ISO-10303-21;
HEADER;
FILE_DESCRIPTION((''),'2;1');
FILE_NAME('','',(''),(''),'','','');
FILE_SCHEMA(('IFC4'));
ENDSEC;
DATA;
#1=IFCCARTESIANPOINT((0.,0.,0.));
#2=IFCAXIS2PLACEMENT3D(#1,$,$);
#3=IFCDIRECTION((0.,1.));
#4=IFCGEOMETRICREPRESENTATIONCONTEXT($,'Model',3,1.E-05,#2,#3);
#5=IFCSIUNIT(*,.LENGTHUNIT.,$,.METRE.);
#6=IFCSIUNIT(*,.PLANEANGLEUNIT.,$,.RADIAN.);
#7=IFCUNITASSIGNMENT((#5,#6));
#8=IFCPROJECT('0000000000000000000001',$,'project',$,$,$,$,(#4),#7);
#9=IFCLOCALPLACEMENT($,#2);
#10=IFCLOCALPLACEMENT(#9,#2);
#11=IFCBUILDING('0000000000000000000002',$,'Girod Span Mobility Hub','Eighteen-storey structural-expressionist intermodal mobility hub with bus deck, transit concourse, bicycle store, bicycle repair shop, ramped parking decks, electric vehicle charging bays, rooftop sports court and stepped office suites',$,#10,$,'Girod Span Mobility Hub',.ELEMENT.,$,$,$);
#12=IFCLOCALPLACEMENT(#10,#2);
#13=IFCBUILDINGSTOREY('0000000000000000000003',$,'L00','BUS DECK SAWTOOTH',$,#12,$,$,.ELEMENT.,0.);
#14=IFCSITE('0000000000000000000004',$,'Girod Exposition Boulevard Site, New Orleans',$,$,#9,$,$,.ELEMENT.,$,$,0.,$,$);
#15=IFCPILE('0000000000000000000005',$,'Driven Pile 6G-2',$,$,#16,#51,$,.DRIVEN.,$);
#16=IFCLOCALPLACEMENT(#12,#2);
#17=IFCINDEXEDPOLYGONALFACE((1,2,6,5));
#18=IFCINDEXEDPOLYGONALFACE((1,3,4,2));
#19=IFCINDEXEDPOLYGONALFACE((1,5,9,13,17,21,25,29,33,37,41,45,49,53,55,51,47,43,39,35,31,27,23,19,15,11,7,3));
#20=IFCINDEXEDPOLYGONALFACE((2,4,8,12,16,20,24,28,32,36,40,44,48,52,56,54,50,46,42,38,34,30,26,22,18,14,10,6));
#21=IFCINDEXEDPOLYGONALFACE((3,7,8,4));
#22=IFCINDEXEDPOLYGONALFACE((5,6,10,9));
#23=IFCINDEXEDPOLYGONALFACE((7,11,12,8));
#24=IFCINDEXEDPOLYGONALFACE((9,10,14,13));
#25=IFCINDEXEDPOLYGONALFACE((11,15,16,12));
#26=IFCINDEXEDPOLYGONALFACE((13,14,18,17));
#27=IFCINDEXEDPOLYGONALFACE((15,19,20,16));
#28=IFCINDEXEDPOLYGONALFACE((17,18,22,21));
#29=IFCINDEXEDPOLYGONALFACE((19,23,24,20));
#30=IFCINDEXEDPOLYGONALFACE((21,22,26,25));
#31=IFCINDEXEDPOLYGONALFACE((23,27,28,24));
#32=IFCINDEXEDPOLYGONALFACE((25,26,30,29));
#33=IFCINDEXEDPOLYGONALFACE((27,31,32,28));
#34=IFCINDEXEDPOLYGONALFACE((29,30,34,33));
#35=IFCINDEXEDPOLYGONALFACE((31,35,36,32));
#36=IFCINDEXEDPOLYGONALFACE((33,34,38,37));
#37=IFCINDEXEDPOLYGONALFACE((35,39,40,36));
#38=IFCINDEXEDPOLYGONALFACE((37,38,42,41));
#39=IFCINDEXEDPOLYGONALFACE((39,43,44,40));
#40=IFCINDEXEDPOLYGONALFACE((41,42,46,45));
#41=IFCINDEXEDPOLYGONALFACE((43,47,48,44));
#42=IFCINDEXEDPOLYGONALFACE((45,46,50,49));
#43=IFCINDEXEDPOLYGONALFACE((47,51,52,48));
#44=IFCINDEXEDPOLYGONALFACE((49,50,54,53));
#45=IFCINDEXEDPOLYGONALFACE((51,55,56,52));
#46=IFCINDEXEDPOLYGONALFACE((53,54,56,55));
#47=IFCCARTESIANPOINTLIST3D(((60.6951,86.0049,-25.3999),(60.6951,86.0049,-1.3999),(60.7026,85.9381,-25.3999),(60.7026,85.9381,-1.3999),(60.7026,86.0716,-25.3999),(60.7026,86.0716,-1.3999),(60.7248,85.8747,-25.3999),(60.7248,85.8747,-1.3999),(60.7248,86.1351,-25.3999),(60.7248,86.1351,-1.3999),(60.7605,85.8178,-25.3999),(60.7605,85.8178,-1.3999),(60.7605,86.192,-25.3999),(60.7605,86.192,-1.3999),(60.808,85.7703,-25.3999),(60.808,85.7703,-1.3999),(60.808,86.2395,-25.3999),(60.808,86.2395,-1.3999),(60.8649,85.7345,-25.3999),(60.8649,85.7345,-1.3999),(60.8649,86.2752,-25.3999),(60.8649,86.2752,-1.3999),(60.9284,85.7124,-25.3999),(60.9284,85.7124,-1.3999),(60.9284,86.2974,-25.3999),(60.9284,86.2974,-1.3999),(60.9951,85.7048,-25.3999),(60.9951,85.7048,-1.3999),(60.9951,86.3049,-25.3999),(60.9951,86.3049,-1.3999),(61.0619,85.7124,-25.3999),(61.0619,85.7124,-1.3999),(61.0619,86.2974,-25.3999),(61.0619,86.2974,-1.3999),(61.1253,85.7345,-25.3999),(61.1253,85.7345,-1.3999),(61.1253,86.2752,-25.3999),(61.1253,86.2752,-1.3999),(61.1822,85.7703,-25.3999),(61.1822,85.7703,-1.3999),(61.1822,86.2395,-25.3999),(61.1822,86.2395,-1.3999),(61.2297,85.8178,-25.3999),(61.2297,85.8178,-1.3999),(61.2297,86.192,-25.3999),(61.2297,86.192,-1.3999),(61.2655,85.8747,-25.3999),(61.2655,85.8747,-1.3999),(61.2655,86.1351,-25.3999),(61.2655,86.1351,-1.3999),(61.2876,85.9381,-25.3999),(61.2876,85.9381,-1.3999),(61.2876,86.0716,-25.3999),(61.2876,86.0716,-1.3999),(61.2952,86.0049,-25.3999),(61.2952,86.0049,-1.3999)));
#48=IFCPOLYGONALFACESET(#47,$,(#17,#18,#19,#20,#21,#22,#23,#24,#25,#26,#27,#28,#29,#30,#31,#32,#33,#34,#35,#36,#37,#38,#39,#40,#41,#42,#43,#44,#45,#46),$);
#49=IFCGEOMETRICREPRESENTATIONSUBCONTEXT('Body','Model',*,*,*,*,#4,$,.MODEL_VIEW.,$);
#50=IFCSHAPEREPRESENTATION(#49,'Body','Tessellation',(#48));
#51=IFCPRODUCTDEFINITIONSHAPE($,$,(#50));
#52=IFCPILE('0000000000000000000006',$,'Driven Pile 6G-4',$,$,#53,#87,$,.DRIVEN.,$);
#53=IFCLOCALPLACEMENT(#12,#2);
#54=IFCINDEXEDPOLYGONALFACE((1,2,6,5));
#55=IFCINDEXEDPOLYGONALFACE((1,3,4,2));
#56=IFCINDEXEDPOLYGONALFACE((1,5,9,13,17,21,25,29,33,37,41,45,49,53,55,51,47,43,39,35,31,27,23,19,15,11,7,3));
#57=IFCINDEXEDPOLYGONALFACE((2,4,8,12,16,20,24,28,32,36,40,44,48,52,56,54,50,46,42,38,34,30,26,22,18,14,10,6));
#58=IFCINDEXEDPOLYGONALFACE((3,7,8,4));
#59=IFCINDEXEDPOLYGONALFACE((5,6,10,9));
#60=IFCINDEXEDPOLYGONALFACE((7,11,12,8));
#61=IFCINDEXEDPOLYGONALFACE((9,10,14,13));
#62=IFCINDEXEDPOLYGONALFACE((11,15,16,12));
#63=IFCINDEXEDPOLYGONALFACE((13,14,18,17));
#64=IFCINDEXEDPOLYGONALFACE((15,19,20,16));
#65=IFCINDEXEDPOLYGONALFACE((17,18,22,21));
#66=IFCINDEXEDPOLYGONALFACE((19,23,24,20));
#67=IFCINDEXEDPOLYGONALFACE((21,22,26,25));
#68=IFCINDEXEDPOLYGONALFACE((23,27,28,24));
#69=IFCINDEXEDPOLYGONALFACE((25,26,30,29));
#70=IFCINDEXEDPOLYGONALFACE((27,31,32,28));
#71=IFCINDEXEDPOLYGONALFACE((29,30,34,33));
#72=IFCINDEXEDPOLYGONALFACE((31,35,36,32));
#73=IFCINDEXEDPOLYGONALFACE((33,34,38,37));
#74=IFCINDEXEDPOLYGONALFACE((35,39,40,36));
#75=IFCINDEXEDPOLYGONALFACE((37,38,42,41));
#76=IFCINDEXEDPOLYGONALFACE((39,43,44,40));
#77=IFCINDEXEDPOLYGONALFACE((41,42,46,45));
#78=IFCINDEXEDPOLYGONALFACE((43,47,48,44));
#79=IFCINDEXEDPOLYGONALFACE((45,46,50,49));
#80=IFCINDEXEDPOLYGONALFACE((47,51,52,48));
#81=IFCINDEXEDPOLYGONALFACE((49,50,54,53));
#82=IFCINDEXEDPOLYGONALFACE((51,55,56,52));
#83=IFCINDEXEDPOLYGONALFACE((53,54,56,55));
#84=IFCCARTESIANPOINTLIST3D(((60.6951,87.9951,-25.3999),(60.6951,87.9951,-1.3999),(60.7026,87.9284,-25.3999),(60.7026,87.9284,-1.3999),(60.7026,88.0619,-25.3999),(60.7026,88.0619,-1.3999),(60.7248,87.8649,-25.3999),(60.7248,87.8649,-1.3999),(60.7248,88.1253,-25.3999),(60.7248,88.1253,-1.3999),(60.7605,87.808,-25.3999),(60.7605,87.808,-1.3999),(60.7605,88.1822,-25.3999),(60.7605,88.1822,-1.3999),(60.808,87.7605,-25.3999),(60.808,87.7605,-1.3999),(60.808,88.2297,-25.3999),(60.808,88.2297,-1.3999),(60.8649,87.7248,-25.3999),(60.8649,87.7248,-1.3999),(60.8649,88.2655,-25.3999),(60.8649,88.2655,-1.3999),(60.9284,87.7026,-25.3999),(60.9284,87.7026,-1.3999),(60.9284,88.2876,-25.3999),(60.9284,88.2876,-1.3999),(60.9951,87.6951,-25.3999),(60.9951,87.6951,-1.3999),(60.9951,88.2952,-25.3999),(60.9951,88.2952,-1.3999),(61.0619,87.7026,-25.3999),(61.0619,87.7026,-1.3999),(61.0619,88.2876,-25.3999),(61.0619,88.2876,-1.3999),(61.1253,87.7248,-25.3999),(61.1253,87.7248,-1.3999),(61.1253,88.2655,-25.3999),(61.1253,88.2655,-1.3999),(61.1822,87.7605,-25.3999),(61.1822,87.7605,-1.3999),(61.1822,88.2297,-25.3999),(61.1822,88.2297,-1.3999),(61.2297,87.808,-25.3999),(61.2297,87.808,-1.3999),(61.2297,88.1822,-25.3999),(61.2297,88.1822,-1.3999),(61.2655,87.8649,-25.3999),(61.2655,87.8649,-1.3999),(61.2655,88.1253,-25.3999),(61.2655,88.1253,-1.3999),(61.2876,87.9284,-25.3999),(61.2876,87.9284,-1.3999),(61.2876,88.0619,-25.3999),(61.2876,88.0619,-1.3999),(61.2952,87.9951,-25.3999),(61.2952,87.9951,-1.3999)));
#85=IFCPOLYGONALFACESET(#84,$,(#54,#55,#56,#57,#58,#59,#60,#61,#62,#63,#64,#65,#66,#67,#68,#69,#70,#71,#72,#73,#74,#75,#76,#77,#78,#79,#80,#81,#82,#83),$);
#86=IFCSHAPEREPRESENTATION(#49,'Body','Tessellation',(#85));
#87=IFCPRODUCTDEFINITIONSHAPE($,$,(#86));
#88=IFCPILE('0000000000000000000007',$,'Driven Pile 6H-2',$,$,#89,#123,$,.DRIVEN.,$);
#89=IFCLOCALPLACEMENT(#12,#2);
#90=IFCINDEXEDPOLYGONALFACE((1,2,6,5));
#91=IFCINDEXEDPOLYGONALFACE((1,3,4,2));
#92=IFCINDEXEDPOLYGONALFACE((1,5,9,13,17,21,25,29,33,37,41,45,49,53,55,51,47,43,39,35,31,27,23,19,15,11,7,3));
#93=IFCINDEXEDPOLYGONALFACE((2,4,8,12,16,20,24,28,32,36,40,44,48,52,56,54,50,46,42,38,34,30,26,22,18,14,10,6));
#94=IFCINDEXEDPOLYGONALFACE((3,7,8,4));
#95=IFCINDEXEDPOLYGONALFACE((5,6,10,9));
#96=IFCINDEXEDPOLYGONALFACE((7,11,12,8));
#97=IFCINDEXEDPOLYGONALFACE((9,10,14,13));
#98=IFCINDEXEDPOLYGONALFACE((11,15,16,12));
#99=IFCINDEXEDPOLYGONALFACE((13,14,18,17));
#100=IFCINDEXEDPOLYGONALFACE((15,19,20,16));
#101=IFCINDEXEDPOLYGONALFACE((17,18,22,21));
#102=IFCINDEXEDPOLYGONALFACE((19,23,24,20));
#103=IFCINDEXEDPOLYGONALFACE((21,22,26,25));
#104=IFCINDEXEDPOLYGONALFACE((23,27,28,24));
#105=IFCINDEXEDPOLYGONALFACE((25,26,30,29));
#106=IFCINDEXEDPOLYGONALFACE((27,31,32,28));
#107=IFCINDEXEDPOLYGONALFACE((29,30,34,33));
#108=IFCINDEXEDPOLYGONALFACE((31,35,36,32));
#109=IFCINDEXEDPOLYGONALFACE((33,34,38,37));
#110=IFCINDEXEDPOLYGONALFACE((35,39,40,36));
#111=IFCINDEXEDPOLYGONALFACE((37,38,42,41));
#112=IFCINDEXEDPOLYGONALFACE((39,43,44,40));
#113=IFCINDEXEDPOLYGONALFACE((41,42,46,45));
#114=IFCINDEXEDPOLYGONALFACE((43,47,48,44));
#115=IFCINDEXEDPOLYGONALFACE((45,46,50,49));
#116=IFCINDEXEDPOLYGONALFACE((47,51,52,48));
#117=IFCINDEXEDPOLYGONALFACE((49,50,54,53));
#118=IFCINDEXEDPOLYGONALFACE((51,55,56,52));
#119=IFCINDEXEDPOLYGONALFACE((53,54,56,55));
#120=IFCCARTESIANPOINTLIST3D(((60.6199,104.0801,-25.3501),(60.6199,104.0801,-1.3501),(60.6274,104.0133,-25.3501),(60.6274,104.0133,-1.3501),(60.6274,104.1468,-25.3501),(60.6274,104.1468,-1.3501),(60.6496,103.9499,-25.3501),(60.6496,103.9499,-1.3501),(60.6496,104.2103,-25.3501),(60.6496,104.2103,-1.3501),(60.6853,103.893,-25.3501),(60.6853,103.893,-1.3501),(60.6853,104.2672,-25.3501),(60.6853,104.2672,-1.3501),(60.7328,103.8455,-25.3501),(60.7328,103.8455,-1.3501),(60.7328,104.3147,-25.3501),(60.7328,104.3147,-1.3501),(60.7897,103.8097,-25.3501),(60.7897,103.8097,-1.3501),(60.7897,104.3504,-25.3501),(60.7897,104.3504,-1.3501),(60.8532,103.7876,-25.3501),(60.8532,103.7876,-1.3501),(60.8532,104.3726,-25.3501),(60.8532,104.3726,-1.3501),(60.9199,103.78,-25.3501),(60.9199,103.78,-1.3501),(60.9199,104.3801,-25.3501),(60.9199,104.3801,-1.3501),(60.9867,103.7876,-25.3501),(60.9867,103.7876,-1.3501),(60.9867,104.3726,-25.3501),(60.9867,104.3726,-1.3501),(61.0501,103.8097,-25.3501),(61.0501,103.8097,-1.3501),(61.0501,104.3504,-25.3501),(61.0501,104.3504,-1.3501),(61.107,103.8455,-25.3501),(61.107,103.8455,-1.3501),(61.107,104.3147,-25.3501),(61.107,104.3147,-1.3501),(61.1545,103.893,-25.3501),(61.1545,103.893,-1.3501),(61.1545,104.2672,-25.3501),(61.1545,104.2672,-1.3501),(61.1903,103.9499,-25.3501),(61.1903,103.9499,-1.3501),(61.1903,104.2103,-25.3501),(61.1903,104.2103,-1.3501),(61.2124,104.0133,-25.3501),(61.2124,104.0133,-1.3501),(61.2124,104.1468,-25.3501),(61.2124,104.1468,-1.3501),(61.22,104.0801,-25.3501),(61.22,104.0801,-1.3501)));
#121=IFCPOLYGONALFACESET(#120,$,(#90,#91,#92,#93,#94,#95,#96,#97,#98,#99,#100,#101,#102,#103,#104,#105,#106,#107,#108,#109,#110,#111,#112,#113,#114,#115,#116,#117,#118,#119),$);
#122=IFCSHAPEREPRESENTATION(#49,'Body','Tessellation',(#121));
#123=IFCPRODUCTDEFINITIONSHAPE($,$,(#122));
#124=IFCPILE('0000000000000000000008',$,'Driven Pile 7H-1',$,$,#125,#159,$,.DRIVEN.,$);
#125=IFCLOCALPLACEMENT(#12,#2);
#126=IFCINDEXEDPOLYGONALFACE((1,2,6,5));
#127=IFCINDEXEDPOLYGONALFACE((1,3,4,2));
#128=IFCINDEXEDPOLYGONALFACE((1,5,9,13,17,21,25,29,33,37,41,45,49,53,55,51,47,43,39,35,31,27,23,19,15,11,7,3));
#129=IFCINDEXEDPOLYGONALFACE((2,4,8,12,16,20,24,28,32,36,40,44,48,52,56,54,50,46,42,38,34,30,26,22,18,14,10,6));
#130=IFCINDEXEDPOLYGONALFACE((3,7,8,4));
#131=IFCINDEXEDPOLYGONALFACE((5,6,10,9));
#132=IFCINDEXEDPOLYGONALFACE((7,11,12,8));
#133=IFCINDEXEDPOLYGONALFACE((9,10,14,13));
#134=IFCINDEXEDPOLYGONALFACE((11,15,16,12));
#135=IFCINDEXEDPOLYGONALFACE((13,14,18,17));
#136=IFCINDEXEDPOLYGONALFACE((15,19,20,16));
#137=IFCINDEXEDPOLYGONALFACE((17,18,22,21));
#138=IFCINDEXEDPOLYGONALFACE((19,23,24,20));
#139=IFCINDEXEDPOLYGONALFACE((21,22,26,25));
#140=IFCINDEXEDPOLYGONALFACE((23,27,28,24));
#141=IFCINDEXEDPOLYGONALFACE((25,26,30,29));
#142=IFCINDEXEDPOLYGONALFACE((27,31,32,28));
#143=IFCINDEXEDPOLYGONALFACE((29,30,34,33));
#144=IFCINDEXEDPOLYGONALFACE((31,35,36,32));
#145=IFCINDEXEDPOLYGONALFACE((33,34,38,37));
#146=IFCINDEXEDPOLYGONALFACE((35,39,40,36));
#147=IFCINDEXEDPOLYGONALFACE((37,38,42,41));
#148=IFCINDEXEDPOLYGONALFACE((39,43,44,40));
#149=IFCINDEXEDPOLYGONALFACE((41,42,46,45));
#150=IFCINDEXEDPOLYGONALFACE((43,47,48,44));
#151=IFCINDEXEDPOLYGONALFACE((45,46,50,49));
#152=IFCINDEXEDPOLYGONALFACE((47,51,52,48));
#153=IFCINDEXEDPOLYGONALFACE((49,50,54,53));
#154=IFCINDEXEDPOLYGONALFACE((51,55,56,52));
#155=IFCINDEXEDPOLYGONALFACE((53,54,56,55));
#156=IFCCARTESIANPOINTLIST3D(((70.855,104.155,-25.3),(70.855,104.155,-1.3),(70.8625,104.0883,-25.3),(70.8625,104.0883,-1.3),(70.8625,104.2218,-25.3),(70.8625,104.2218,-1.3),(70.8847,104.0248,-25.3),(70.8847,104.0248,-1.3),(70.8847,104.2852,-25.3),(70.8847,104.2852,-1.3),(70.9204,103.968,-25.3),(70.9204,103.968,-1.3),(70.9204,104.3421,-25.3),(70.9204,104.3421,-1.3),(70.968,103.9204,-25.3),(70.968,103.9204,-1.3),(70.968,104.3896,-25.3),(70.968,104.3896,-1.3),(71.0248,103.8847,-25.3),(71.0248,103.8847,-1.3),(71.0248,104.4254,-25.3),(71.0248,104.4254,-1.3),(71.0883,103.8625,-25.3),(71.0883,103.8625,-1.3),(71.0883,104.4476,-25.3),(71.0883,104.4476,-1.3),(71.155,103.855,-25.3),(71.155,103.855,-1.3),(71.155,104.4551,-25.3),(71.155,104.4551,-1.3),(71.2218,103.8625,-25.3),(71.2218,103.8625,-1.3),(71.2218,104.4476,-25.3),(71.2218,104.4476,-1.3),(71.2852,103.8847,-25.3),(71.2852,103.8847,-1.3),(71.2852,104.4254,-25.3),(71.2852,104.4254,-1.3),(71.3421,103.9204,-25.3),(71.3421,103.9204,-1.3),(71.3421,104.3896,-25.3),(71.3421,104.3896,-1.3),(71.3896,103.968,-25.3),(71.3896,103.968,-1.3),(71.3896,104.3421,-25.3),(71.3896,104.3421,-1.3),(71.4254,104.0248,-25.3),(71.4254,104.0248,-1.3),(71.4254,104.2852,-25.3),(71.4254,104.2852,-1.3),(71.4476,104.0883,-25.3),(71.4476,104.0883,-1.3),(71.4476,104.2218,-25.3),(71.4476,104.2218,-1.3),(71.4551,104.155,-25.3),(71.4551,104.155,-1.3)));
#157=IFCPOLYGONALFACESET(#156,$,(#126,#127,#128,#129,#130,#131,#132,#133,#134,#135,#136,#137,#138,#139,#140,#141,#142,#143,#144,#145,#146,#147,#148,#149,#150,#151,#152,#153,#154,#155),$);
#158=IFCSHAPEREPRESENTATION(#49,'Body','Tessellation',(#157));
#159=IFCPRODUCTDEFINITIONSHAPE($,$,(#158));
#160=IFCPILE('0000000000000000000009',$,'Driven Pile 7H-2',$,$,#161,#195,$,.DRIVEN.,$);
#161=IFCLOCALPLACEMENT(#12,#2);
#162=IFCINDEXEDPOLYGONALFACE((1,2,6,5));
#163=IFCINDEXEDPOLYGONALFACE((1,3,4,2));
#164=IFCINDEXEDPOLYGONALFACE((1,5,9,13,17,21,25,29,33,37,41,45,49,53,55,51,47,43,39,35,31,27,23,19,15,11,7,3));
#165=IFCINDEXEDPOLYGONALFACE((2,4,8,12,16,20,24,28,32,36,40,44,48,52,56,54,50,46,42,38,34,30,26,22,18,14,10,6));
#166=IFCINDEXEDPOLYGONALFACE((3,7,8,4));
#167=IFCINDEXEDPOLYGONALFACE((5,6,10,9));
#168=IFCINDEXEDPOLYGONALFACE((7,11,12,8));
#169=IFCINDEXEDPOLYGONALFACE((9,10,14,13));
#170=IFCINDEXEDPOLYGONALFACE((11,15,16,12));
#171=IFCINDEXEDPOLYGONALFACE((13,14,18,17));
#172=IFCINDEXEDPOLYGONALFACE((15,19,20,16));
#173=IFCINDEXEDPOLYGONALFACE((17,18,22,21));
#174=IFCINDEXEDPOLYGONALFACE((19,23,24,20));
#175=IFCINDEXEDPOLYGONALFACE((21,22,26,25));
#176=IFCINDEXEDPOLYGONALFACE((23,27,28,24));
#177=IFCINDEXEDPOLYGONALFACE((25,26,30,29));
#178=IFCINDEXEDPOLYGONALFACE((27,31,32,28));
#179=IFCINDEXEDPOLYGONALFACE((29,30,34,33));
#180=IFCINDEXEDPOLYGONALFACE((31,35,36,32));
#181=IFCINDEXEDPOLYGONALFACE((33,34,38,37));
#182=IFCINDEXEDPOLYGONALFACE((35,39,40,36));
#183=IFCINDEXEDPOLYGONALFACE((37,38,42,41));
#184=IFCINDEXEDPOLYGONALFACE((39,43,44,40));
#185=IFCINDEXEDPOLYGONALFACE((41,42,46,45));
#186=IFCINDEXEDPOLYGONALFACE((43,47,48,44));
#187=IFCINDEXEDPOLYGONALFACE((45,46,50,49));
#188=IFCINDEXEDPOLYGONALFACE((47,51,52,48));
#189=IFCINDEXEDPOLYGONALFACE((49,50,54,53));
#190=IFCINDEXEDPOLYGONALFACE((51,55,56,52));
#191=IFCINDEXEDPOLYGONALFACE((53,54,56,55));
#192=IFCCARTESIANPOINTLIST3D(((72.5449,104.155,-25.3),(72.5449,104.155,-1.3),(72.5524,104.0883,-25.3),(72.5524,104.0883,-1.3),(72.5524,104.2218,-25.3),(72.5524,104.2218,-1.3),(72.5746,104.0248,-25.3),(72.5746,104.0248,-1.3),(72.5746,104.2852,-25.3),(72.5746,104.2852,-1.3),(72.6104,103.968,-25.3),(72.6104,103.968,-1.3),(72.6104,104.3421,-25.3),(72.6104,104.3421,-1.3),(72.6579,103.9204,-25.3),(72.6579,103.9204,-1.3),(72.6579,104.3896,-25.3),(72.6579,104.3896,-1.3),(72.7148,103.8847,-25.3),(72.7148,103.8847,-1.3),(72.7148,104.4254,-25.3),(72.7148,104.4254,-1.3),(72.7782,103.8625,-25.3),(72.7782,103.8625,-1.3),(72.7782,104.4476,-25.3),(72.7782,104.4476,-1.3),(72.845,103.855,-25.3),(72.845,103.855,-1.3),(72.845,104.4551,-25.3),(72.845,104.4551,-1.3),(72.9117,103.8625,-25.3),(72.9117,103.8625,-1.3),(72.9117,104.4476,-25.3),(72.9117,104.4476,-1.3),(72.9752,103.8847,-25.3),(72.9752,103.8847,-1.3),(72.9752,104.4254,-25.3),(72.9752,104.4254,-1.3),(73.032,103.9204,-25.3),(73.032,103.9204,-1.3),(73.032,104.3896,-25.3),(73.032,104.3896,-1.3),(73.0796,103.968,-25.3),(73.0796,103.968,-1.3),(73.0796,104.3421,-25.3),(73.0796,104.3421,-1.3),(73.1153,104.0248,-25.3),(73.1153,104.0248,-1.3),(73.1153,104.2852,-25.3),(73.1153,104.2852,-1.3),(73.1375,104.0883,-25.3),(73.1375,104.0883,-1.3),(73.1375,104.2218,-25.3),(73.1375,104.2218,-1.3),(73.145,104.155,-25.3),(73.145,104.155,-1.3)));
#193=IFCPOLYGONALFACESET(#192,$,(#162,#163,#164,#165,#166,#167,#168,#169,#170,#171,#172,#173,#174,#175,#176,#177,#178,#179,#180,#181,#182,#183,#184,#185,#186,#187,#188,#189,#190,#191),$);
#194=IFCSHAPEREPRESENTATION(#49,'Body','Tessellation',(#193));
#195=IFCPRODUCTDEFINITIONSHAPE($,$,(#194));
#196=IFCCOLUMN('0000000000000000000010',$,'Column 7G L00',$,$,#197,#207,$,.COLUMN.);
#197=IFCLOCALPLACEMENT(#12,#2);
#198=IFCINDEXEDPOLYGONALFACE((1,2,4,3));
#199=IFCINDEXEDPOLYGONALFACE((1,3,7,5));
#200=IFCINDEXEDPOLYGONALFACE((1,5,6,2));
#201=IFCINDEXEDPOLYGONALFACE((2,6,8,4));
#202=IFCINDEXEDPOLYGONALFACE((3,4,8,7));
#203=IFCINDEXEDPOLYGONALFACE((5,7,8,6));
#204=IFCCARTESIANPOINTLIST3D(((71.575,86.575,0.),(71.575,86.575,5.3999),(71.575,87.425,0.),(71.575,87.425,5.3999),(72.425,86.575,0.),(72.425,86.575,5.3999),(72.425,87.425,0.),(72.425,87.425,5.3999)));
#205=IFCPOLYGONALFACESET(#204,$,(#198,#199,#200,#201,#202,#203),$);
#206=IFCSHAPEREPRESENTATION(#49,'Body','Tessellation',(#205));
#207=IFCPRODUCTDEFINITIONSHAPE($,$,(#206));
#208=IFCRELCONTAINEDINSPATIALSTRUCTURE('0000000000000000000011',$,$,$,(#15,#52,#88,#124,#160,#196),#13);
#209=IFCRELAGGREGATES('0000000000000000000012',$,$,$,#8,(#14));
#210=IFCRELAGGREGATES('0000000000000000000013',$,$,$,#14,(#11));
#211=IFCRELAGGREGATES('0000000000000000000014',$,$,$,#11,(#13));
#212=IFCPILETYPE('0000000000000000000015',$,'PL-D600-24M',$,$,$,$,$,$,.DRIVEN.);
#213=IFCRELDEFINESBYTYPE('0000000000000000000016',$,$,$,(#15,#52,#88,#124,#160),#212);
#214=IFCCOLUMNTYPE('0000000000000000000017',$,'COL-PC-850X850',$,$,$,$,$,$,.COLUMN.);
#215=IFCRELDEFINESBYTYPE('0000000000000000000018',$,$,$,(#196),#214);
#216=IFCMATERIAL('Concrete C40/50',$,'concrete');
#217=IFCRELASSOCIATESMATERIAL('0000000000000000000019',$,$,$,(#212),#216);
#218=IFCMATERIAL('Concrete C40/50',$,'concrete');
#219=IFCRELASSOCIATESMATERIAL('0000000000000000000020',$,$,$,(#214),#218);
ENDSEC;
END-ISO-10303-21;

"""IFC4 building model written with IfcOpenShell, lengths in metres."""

from ifc_helpers import new_model, si_unit, direction, frame, origin, origin_2d, place, context, subcontext, project, spatial, rectangle, circle, extrude, material, material_profile, profile_set, type_object, element, save


model = new_model("IFC4")

# Units and contexts
model_context = context("Model", 3, precision=1e-05, world=origin(), true_north=direction((0.0, 1.0)))
body_context = subcontext(model_context, "Body", "Model", "MODEL_VIEW")
ifc_project = project(units=[si_unit("LENGTHUNIT", "METRE"), si_unit("PLANEANGLEUNIT", "RADIAN")], contexts=[model_context])

# Site, building, storey
site_placement = place(None, origin())
site = spatial("IfcSite", under=ifc_project, at=site_placement, Name="Girod Exposition Boulevard Site, New Orleans", CompositionType="ELEMENT", RefElevation=0.0)
building_placement = place(site_placement, origin())
building = spatial("IfcBuilding", under=site, at=building_placement, Name="Girod Span Mobility Hub", Description="Eighteen-storey structural-expressionist intermodal mobility hub with bus deck, transit concourse, bicycle store, bicycle repair shop, ramped parking decks, electric vehicle charging bays, rooftop sports court and stepped office suites", LongName="Girod Span Mobility Hub", CompositionType="ELEMENT")
storey_placement = place(building_placement, origin())
storey = spatial("IfcBuildingStorey", under=building, at=storey_placement, Name="L00", Description="BUS DECK SAWTOOTH", CompositionType="ELEMENT", Elevation=0.0)

# Piles
ifc_material_1 = material(Name="Concrete C40/50", Category="concrete")
ifc_material_profile_1 = material_profile(ifc_material_1, circle(Radius=0.3, at=origin_2d()), Name="PILE-D600")
ifc_profile_set_1 = profile_set([ifc_material_profile_1], Name="Concrete C40/50")
pile_type_1 = type_object("IfcPileType", Name="PL-D600-24M", PredefinedType="DRIVEN", material=ifc_profile_set_1)
for number, where, z_axis, x_axis, name in (
    (1, (60.9951, 86.0049, -1.3999), (0.0, 0.0, -1.0), (1.0, 0.0, 0.0), "Driven Pile 6G-2"),
    (2, (60.9951, 87.9951, -1.3999), (0.0, 0.0, -1.0), (1.0, 0.0, 0.0), "Driven Pile 6G-4"),
    (3, (60.9199, 104.0801, -1.3501), (0.0, 0.0, -1.0), (1.0, 0.0, 0.0), "Driven Pile 6H-2"),
    (4, (71.155, 104.155, -1.3), (0.0, 0.0, -1.0), (1.0, 0.0, 0.0), "Driven Pile 7H-1"),
    (5, (72.845, 104.155, -1.3), (0.0, 0.0, -1.0), (1.0, 0.0, 0.0), "Driven Pile 7H-2"),
):
    element("IfcPile", number, at=place(storey_placement, frame(where, z_axis=z_axis, x_axis=x_axis)), inside=storey, type_object=pile_type_1, Name=name, PredefinedType="DRIVEN", context=body_context, shape_type="SweptSolid", body=[
        extrude(circle(Radius=0.3, at=origin_2d()), origin(), (0.0, 0.0, 1.0), 24.0),
    ])

# Column
ifc_material_2 = material(Name="Concrete C40/50", Category="concrete")
ifc_material_profile_2 = material_profile(ifc_material_2, rectangle(XDim=0.8501, YDim=0.8501, at=origin_2d()), Name="PC-COL-850X850")
ifc_profile_set_2 = profile_set([ifc_material_profile_2], Name="Concrete C40/50")
column_type = type_object("IfcColumnType", Name="COL-PC-850X850", PredefinedType="COLUMN", material=ifc_profile_set_2)
for number, where, z_axis, x_axis, name in (
    (6, (72.0, 87.0, 0.0), (0.0, 0.0, 1.0), (1.0, 0.0, 0.0), "Column 7G L00"),
):
    element("IfcColumn", number, at=place(storey_placement, frame(where, z_axis=z_axis, x_axis=x_axis)), inside=storey, type_object=column_type, Name=name, PredefinedType="COLUMN", context=body_context, shape_type="SweptSolid", body=[
        extrude(rectangle(XDim=0.8501, YDim=0.8501, at=origin_2d()), origin(), (0.0, 0.0, 1.0), 5.3999),
    ])

save(model, "model.ifc")
